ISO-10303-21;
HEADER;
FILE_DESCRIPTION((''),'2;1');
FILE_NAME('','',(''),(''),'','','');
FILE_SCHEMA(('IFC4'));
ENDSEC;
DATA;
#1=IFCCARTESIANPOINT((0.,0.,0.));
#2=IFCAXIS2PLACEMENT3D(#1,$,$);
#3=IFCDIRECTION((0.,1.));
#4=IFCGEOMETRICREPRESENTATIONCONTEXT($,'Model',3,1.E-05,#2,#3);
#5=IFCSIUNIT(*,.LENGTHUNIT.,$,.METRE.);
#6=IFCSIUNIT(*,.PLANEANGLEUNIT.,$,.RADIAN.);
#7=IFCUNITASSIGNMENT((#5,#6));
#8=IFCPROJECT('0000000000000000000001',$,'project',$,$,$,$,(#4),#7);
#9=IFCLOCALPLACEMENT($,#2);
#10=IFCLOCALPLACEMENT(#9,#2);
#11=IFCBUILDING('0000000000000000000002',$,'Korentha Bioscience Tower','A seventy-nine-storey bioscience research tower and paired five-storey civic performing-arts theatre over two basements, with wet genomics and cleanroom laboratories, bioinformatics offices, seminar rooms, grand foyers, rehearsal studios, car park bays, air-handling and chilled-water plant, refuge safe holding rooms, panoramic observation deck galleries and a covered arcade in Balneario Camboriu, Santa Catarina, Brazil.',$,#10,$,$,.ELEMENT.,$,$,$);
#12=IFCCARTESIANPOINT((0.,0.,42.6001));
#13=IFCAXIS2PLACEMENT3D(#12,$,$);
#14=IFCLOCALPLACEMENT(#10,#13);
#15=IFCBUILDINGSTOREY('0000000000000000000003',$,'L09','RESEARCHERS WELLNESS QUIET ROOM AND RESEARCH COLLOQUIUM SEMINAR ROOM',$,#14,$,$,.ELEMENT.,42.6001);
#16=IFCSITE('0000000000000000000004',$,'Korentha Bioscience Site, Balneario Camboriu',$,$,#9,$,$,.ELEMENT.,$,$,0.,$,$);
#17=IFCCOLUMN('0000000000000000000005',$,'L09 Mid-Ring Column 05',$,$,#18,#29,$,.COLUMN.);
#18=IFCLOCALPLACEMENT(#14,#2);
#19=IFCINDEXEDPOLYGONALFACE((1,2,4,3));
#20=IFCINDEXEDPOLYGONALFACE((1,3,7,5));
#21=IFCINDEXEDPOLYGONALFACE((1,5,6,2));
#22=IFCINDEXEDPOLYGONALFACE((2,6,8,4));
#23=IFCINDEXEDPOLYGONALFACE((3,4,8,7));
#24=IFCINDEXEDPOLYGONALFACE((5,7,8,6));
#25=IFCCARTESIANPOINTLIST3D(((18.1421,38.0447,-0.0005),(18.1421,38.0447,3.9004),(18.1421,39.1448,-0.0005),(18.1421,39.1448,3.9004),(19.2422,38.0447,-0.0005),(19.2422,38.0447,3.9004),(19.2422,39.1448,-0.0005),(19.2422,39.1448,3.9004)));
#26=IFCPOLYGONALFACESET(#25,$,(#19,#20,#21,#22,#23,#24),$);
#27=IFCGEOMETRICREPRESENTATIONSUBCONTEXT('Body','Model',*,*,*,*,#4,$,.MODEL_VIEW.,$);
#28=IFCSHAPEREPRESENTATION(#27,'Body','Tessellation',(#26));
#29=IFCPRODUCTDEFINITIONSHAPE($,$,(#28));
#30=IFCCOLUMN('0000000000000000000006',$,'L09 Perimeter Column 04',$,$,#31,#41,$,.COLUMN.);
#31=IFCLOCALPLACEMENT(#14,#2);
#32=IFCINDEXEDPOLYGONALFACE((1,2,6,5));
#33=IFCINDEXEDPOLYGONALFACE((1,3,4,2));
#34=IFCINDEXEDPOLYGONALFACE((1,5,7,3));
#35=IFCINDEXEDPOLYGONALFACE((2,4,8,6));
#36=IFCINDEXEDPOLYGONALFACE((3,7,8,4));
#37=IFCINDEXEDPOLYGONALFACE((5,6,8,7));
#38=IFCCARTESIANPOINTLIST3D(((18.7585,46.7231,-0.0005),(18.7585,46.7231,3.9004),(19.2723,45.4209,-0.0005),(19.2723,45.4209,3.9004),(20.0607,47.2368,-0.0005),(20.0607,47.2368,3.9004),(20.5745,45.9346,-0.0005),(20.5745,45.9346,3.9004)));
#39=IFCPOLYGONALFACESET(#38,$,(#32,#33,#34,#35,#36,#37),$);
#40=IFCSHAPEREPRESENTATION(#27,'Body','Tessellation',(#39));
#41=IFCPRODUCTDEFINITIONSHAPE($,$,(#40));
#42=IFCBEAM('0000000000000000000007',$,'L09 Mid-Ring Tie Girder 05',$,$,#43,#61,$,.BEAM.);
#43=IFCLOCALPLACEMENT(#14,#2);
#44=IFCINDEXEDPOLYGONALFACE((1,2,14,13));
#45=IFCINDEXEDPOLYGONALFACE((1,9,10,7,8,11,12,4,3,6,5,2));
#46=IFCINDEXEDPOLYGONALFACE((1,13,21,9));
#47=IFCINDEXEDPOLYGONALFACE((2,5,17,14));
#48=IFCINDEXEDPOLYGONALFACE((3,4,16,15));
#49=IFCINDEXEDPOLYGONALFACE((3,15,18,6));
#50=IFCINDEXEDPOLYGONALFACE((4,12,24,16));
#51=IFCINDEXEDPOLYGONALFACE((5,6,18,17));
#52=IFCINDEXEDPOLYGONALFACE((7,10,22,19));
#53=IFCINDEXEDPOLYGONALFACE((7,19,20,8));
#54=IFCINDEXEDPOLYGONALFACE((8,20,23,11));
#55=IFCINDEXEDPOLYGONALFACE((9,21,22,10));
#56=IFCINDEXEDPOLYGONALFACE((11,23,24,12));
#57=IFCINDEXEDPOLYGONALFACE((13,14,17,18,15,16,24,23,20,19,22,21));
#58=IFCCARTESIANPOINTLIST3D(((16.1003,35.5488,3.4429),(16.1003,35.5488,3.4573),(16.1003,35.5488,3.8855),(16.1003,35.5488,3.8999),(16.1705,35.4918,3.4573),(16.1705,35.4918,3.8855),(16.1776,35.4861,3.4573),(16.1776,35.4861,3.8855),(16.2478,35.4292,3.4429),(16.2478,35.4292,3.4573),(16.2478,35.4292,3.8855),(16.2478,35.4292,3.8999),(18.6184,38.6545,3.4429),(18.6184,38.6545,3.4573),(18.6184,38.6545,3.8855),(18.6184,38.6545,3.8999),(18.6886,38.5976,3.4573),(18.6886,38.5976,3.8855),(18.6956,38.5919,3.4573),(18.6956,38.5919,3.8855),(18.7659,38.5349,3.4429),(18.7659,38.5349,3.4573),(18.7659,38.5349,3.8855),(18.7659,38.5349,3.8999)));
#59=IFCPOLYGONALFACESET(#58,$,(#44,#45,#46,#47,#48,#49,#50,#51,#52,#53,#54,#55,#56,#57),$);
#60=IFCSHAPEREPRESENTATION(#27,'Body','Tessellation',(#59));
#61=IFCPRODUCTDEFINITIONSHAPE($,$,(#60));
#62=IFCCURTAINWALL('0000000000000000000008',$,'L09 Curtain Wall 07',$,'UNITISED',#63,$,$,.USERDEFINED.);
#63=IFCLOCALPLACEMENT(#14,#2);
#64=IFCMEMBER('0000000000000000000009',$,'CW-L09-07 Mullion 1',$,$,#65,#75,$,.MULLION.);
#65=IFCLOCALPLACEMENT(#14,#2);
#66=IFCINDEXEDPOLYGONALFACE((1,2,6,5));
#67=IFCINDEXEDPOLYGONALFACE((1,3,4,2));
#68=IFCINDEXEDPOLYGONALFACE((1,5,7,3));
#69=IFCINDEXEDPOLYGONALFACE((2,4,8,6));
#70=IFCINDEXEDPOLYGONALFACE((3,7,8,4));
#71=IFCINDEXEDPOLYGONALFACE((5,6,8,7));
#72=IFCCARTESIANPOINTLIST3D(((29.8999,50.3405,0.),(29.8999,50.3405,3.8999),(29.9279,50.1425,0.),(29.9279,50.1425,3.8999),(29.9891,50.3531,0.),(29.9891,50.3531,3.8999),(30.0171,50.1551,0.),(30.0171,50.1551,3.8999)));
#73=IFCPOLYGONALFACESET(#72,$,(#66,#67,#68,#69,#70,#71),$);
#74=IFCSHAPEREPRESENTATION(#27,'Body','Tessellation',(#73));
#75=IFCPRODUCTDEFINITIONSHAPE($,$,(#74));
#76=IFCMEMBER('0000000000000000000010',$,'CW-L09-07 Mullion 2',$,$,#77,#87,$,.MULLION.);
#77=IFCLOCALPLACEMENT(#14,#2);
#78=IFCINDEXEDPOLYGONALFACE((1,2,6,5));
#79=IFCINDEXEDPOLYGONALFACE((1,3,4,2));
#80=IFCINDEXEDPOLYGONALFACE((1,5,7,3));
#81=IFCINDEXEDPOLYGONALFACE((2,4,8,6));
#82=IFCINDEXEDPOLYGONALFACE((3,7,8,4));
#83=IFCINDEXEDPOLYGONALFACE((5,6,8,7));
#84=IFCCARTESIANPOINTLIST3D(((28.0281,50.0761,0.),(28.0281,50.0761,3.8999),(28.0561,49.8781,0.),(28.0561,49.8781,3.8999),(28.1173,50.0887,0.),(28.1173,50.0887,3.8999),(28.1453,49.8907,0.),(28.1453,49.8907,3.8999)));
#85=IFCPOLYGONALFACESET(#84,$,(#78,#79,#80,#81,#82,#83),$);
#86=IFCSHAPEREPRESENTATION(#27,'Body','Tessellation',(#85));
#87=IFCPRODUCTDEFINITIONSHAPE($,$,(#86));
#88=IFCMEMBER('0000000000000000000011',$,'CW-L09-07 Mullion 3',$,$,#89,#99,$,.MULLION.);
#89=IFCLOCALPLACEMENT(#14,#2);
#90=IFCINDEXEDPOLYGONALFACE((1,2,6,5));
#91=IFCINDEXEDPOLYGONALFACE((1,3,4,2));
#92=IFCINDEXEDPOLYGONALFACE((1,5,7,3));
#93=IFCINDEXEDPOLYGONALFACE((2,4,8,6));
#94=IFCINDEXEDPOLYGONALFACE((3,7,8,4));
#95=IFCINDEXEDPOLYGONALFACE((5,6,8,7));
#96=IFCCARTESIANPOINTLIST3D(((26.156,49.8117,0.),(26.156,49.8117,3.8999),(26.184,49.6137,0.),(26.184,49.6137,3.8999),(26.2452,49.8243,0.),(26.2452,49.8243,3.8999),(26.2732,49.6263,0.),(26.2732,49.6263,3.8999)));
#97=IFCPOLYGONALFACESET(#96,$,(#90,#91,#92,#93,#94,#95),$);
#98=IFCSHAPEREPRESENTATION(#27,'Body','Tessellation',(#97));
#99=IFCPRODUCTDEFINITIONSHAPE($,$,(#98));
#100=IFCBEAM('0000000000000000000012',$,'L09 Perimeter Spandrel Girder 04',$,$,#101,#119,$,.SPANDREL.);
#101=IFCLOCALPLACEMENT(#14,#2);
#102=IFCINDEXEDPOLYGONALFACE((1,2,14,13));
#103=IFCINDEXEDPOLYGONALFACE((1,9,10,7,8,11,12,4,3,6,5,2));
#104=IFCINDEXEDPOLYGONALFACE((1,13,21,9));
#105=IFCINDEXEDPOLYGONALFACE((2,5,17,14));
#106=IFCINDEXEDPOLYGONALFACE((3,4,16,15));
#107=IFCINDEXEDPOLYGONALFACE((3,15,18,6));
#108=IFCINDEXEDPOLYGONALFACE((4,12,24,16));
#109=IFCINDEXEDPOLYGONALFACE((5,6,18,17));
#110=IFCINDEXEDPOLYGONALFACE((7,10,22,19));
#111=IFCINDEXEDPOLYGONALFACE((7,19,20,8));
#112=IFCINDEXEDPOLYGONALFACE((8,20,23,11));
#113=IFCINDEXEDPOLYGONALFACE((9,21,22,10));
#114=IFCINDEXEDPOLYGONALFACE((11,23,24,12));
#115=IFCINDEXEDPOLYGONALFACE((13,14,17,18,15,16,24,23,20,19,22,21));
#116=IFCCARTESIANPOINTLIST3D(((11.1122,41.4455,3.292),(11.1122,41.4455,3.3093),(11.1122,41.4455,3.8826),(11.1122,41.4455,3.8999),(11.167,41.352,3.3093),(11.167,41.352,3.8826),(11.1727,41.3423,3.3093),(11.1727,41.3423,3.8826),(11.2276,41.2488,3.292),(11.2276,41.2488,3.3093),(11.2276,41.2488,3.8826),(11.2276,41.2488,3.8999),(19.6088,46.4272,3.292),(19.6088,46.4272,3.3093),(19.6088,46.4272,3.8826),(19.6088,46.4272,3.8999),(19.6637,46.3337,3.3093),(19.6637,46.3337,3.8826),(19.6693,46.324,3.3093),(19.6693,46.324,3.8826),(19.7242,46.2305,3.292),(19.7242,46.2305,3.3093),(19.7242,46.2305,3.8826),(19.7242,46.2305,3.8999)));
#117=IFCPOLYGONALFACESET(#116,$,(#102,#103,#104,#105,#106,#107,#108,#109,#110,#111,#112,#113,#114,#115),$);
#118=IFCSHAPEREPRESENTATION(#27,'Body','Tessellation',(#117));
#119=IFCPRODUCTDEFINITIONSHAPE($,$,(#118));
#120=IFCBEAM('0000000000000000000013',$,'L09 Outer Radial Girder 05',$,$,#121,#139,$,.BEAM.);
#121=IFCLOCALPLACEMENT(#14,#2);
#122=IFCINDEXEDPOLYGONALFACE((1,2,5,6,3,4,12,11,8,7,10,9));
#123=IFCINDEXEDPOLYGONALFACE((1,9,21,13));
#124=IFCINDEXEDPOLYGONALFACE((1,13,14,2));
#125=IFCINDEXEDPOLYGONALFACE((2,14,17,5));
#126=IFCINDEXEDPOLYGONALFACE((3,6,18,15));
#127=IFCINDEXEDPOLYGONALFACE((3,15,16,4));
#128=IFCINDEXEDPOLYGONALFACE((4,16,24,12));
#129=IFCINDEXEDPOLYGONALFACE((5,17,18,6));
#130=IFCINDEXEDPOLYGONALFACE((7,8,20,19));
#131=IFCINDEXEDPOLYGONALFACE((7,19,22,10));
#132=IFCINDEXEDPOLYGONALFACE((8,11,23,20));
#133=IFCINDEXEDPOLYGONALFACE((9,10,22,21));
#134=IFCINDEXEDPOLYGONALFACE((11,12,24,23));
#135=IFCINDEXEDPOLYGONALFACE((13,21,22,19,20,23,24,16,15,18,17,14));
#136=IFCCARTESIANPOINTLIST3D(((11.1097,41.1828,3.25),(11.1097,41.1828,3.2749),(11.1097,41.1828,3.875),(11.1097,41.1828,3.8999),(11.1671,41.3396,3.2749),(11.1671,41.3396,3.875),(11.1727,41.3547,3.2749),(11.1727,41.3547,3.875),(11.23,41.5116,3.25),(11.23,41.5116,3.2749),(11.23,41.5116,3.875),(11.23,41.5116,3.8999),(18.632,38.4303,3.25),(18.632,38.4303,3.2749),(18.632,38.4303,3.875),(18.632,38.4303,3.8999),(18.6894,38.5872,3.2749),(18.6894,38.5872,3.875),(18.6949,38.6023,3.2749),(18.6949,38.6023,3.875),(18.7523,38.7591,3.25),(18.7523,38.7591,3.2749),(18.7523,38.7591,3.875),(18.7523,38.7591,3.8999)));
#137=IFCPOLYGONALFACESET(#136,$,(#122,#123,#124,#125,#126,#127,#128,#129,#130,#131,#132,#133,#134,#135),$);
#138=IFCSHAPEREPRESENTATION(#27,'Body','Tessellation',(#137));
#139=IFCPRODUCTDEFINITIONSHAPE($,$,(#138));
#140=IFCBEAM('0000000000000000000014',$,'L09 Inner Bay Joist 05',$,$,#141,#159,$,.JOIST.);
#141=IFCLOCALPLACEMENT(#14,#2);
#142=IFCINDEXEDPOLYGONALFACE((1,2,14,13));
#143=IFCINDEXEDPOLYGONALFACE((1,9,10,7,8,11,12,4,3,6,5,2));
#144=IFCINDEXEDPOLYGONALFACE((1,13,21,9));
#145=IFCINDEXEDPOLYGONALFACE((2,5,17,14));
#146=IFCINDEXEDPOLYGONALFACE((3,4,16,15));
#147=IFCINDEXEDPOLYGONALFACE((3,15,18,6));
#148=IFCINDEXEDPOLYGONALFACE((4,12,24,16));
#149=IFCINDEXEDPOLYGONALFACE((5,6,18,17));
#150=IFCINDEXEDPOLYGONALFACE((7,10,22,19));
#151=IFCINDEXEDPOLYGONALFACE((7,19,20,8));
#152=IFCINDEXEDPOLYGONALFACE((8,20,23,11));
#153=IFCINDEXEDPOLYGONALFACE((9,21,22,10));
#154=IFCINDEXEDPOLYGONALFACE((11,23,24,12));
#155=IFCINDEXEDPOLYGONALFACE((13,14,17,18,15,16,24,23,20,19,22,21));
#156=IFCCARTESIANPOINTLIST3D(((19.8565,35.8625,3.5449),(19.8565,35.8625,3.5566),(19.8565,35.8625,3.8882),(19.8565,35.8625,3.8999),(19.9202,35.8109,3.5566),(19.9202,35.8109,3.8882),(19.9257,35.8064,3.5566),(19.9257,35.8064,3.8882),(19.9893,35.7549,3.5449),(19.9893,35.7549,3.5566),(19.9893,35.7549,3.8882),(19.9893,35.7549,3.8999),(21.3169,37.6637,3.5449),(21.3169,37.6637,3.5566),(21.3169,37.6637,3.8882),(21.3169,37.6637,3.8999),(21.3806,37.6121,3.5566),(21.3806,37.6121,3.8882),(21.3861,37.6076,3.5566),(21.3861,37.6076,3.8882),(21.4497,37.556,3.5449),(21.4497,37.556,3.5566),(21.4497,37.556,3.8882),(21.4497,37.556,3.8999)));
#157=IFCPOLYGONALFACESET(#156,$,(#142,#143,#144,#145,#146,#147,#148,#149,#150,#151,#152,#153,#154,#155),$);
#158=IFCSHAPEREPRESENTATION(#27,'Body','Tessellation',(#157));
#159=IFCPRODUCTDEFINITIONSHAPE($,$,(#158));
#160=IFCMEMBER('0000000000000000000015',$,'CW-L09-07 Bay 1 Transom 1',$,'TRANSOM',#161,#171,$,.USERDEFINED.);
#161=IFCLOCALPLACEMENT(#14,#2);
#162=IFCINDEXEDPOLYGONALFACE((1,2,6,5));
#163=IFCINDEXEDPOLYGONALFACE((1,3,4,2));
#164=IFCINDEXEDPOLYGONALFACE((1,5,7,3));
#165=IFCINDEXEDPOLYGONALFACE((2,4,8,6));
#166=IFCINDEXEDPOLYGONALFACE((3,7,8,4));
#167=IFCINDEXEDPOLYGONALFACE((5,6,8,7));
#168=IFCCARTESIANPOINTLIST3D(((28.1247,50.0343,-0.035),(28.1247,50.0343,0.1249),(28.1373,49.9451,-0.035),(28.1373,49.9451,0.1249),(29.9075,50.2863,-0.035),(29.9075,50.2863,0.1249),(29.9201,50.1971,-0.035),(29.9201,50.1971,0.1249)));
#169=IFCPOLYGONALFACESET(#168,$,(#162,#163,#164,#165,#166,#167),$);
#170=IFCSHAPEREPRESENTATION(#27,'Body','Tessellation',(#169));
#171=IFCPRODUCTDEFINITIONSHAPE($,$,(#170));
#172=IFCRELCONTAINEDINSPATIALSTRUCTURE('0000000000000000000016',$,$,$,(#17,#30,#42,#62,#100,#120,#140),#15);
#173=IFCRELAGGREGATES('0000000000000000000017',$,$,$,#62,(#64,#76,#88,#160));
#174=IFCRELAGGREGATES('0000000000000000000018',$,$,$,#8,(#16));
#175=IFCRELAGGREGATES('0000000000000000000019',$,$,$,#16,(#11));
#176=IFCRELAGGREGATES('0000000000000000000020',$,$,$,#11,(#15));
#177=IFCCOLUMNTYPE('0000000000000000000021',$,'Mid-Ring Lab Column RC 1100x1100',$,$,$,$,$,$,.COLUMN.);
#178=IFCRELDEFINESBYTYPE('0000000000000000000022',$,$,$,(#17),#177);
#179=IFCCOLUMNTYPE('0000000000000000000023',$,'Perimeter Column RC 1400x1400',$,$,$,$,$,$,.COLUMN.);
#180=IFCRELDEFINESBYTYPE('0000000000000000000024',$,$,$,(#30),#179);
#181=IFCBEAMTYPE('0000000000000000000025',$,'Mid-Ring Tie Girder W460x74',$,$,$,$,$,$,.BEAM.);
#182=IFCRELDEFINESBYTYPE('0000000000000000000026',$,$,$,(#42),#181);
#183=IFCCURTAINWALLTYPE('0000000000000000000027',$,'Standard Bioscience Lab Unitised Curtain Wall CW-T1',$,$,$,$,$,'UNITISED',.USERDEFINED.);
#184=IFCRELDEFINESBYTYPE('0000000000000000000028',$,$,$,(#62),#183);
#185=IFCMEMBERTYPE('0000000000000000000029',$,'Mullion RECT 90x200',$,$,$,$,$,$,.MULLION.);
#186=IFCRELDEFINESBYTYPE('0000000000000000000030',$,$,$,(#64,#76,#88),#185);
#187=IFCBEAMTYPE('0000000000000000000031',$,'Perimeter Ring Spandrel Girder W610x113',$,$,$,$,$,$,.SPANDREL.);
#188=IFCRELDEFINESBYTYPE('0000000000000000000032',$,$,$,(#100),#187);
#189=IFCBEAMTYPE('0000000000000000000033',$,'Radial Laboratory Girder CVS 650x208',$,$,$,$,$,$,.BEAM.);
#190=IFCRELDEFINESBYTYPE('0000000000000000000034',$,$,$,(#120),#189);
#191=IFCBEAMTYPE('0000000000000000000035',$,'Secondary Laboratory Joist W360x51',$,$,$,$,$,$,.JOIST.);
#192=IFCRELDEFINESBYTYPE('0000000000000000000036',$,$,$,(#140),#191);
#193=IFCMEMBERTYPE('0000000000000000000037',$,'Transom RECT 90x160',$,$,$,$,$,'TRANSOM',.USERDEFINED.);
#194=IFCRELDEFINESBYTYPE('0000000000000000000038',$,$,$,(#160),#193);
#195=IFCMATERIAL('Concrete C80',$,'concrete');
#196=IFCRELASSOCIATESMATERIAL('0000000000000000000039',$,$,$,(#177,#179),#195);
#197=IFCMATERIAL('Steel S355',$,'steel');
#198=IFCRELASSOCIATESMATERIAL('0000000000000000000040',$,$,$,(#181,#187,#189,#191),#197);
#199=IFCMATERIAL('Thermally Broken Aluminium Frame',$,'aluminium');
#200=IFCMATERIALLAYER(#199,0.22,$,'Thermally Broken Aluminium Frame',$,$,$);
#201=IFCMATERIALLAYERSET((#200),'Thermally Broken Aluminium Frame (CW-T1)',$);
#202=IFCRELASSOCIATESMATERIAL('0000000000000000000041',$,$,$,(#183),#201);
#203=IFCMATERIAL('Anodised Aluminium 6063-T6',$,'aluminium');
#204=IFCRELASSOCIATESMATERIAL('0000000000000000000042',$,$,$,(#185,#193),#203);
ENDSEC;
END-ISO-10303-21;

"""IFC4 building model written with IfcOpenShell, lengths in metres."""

from ifc_helpers import new_model, si_unit, direction, frame, origin, origin_2d, place, context, subcontext, project, spatial, rectangle, i_section, extrude, material, layer, layer_set, material_profile, profile_set, type_object, element, aggregate, save


model = new_model("IFC4")

# Units and contexts
model_context = context("Model", 3, precision=1e-05, world=origin(), true_north=direction((0.0, 1.0)))
body_context = subcontext(model_context, "Body", "Model", "MODEL_VIEW")
ifc_project = project(units=[si_unit("LENGTHUNIT", "METRE"), si_unit("PLANEANGLEUNIT", "RADIAN")], contexts=[model_context])

# Site, building, storey
site_placement = place(None, origin())
site = spatial("IfcSite", under=ifc_project, at=site_placement, Name="Korentha Bioscience Site, Balneario Camboriu", CompositionType="ELEMENT", RefElevation=0.0)
building_placement = place(site_placement, origin())
building = spatial("IfcBuilding", under=site, at=building_placement, Name="Korentha Bioscience Tower", Description="A seventy-nine-storey bioscience research tower and paired five-storey civic performing-arts theatre over two basements, with wet genomics and cleanroom laboratories, bioinformatics offices, seminar rooms, grand foyers, rehearsal studios, car park bays, air-handling and chilled-water plant, refuge safe holding rooms, panoramic observation deck galleries and a covered arcade in Balneario Camboriu, Santa Catarina, Brazil.", CompositionType="ELEMENT")
storey_placement = place(building_placement, frame((0.0, 0.0, 42.6001)))
storey = spatial("IfcBuildingStorey", under=building, at=storey_placement, Name="L09", Description="RESEARCHERS WELLNESS QUIET ROOM AND RESEARCH COLLOQUIUM SEMINAR ROOM", CompositionType="ELEMENT", Elevation=42.6001)

# Columns
ifc_material_1 = material(Name="Concrete C80", Category="concrete")
ifc_material_profile_1 = material_profile(ifc_material_1, rectangle(XDim=1.1001, YDim=1.1001, at=origin_2d()), Name="Concrete C80")
ifc_profile_set_1 = profile_set([ifc_material_profile_1], Name="Concrete C80 (COL-MR11)")
column_type_1 = type_object("IfcColumnType", Name="Mid-Ring Lab Column RC 1100x1100", PredefinedType="COLUMN", material=ifc_profile_set_1)
column_1_placement = place(storey_placement, frame((18.6921, 38.5947, -0.0005), z_axis=(0.0, 0.0, 1.0), x_axis=(1.0, 0.0, 0.0)))
element("IfcColumn", 1, at=column_1_placement, inside=storey, type_object=column_type_1, Name="L09 Mid-Ring Column 05", PredefinedType="COLUMN", context=body_context, shape_type="SweptSolid", body=[
    extrude(rectangle(XDim=1.1001, YDim=1.1001, at=origin_2d()), origin(), (0.0, 0.0, 1.0), 3.9009),
])
ifc_material_profile_2 = material_profile(ifc_material_1, rectangle(XDim=1.3999, YDim=1.3999, at=origin_2d()), Name="Concrete C80")
ifc_profile_set_2 = profile_set([ifc_material_profile_2], Name="Concrete C80 (COL-P14)")
column_type_2 = type_object("IfcColumnType", Name="Perimeter Column RC 1400x1400", PredefinedType="COLUMN", material=ifc_profile_set_2)
column_2_placement = place(storey_placement, frame((19.6665, 46.3289, -0.0005), z_axis=(0.0, 0.0, 1.0), x_axis=(0.930226, 0.366988, 0.0)))
element("IfcColumn", 2, at=column_2_placement, inside=storey, type_object=column_type_2, Name="L09 Perimeter Column 04", PredefinedType="COLUMN", context=body_context, shape_type="SweptSolid", body=[
    extrude(rectangle(XDim=1.3999, YDim=1.3999, at=origin_2d()), origin(), (0.0, 0.0, 1.0), 3.9009),
])

# Beam
ifc_material_2 = material(Name="Steel S355", Category="steel")
ifc_material_profile_3 = material_profile(ifc_material_2, i_section(OverallWidth=0.1899, OverallDepth=0.457, WebThickness=0.009, FlangeThickness=0.0144, at=origin_2d()), Name="Steel S355")
ifc_profile_set_3 = profile_set([ifc_material_profile_3], Name="Steel S355 (MB-460)")
beam_type_1 = type_object("IfcBeamType", Name="Mid-Ring Tie Girder W460x74", PredefinedType="BEAM", material=ifc_profile_set_3)
beam_1_placement = place(storey_placement, frame((18.6921, 38.5947, 3.6714), z_axis=(-0.62979, -0.776765, 0.0), x_axis=(0.776765, -0.62979, 0.0)))
element("IfcBeam", 3, at=beam_1_placement, inside=storey, type_object=beam_type_1, Name="L09 Mid-Ring Tie Girder 05", PredefinedType="BEAM", context=body_context, shape_type="SweptSolid", body=[
    extrude(i_section(OverallWidth=0.1899, OverallDepth=0.457, WebThickness=0.009, FlangeThickness=0.0144, at=origin_2d()), origin(), (0.0, 0.0, 1.0), 3.9983),
])

# Curtain wall, members
ifc_material_3 = material(Name="Thermally Broken Aluminium Frame", Category="aluminium")
ifc_layer_1 = layer(ifc_material_3, 0.22, Name="Thermally Broken Aluminium Frame")
ifc_layer_set_1 = layer_set([ifc_layer_1], Name="Thermally Broken Aluminium Frame (CW-T1)")
curtain_wall_type = type_object("IfcCurtainWallType", Name="Standard Bioscience Lab Unitised Curtain Wall CW-T1", ElementType="UNITISED", PredefinedType="USERDEFINED", material=ifc_layer_set_1)
curtain_wall_placement = place(storey_placement, origin())
curtain_wall = element("IfcCurtainWall", 4, at=curtain_wall_placement, inside=storey, type_object=curtain_wall_type, Name="L09 Curtain Wall 07", ObjectType="UNITISED", PredefinedType="USERDEFINED")
ifc_material_4 = material(Name="Anodised Aluminium 6063-T6", Category="aluminium")
ifc_material_profile_4 = material_profile(ifc_material_4, rectangle(XDim=0.0901, YDim=0.2, at=origin_2d()), Name="Anodised Aluminium 6063-T6")
ifc_profile_set_4 = profile_set([ifc_material_profile_4], Name="Anodised Aluminium 6063-T6 (CW-MUL)")
member_type_1 = type_object("IfcMemberType", Name="Mullion RECT 90x200", PredefinedType="MULLION", material=ifc_profile_set_4)
member_1_placement = place(storey_placement, frame((29.9585, 50.2478, 0.0), z_axis=(0.0, 0.0, 1.0), x_axis=(-0.990167, -0.139888, 0.0)))
member_1 = element("IfcMember", 5, at=member_1_placement, type_object=member_type_1, Name="CW-L09-07 Mullion 1", PredefinedType="MULLION", context=body_context, shape_type="SweptSolid", body=[
    extrude(rectangle(XDim=0.0901, YDim=0.2, at=origin_2d()), origin(), (0.0, 0.0, 1.0), 3.8999),
])
member_2_placement = place(storey_placement, frame((28.0867, 49.9834, 0.0), z_axis=(0.0, 0.0, 1.0), x_axis=(-0.990167, -0.139888, 0.0)))
member_2 = element("IfcMember", 6, at=member_2_placement, type_object=member_type_1, Name="CW-L09-07 Mullion 2", PredefinedType="MULLION", context=body_context, shape_type="SweptSolid", body=[
    extrude(rectangle(XDim=0.0901, YDim=0.2, at=origin_2d()), origin(), (0.0, 0.0, 1.0), 3.8999),
])
member_3_placement = place(storey_placement, frame((26.2146, 49.719, 0.0), z_axis=(0.0, 0.0, 1.0), x_axis=(-0.990167, -0.139888, 0.0)))
member_3 = element("IfcMember", 7, at=member_3_placement, type_object=member_type_1, Name="CW-L09-07 Mullion 3", PredefinedType="MULLION", context=body_context, shape_type="SweptSolid", body=[
    extrude(rectangle(XDim=0.0901, YDim=0.2, at=origin_2d()), origin(), (0.0, 0.0, 1.0), 3.8999),
])

# Beams
ifc_material_profile_5 = material_profile(ifc_material_2, i_section(OverallWidth=0.228, OverallDepth=0.6079, WebThickness=0.0112, FlangeThickness=0.0173, at=origin_2d()), Name="Steel S355")
ifc_profile_set_5 = profile_set([ifc_material_profile_5], Name="Steel S355 (SB-610)")
beam_type_2 = type_object("IfcBeamType", Name="Perimeter Ring Spandrel Girder W610x113", PredefinedType="SPANDREL", material=ifc_profile_set_5)
beam_2_placement = place(storey_placement, frame((19.6665, 46.3289, 3.5959), z_axis=(-0.862657, -0.50579, 0.0), x_axis=(0.50579, -0.862657, 0.0)))
element("IfcBeam", 8, at=beam_2_placement, inside=storey, type_object=beam_type_2, Name="L09 Perimeter Spandrel Girder 04", PredefinedType="SPANDREL", context=body_context, shape_type="SweptSolid", body=[
    extrude(i_section(OverallWidth=0.228, OverallDepth=0.6079, WebThickness=0.0112, FlangeThickness=0.0173, at=origin_2d()), origin(), (0.0, 0.0, 1.0), 9.8494),
])
ifc_material_profile_6 = material_profile(ifc_material_2, i_section(OverallWidth=0.3501, OverallDepth=0.6499, WebThickness=0.0161, FlangeThickness=0.0249, at=origin_2d()), Name="Steel S355")
ifc_profile_set_6 = profile_set([ifc_material_profile_6], Name="Steel S355 (RB-650)")
beam_type_3 = type_object("IfcBeamType", Name="Radial Laboratory Girder CVS 650x208", PredefinedType="BEAM", material=ifc_profile_set_6)
beam_3_placement = place(storey_placement, frame((18.6921, 38.5947, 3.575), z_axis=(-0.939106, 0.343627, 0.0), x_axis=(-0.343627, -0.939106, 0.0)))
element("IfcBeam", 9, at=beam_3_placement, inside=storey, type_object=beam_type_3, Name="L09 Outer Radial Girder 05", PredefinedType="BEAM", context=body_context, shape_type="SweptSolid", body=[
    extrude(i_section(OverallWidth=0.3501, OverallDepth=0.6499, WebThickness=0.0161, FlangeThickness=0.0249, at=origin_2d()), origin(), (0.0, 0.0, 1.0), 8.01),
])
ifc_material_profile_7 = material_profile(ifc_material_2, i_section(OverallWidth=0.1709, OverallDepth=0.355, WebThickness=0.0071, FlangeThickness=0.0117, at=origin_2d()), Name="Steel S355")
ifc_profile_set_7 = profile_set([ifc_material_profile_7], Name="Steel S355 (JB-360)")
beam_type_4 = type_object("IfcBeamType", Name="Secondary Laboratory Joist W360x51", PredefinedType="JOIST", material=ifc_profile_set_7)
beam_4_placement = place(storey_placement, frame((21.3833, 37.6099, 3.7224), z_axis=(-0.629792, -0.776764, 0.0), x_axis=(0.776764, -0.629792, 0.0)))
element("IfcBeam", 10, at=beam_4_placement, inside=storey, type_object=beam_type_4, Name="L09 Inner Bay Joist 05", PredefinedType="JOIST", context=body_context, shape_type="SweptSolid", body=[
    extrude(i_section(OverallWidth=0.1709, OverallDepth=0.355, WebThickness=0.0071, FlangeThickness=0.0117, at=origin_2d()), origin(), (0.0, 0.0, 1.0), 2.3188),
])

# Member
ifc_material_profile_8 = material_profile(ifc_material_4, rectangle(XDim=0.0901, YDim=0.1599, at=origin_2d()), Name="Anodised Aluminium 6063-T6")
ifc_profile_set_8 = profile_set([ifc_material_profile_8], Name="Anodised Aluminium 6063-T6 (CW-TRN)")
member_type_2 = type_object("IfcMemberType", Name="Transom RECT 90x160", ElementType="TRANSOM", PredefinedType="USERDEFINED", material=ifc_profile_set_8)
member_4_placement = place(storey_placement, frame((29.9138, 50.2417, 0.0449), z_axis=(-0.99016, -0.13994, 0.0), x_axis=(0.13994, -0.99016, 0.0)))
member_4 = element("IfcMember", 11, at=member_4_placement, type_object=member_type_2, Name="CW-L09-07 Bay 1 Transom 1", ObjectType="TRANSOM", PredefinedType="USERDEFINED", context=body_context, shape_type="SweptSolid", body=[
    extrude(rectangle(XDim=0.0901, YDim=0.1599, at=origin_2d()), origin(), (0.0, 0.0, 1.0), 1.8005),
])

aggregate(curtain_wall, [member_1, member_2, member_3, member_4])

save(model, "model.ifc")
